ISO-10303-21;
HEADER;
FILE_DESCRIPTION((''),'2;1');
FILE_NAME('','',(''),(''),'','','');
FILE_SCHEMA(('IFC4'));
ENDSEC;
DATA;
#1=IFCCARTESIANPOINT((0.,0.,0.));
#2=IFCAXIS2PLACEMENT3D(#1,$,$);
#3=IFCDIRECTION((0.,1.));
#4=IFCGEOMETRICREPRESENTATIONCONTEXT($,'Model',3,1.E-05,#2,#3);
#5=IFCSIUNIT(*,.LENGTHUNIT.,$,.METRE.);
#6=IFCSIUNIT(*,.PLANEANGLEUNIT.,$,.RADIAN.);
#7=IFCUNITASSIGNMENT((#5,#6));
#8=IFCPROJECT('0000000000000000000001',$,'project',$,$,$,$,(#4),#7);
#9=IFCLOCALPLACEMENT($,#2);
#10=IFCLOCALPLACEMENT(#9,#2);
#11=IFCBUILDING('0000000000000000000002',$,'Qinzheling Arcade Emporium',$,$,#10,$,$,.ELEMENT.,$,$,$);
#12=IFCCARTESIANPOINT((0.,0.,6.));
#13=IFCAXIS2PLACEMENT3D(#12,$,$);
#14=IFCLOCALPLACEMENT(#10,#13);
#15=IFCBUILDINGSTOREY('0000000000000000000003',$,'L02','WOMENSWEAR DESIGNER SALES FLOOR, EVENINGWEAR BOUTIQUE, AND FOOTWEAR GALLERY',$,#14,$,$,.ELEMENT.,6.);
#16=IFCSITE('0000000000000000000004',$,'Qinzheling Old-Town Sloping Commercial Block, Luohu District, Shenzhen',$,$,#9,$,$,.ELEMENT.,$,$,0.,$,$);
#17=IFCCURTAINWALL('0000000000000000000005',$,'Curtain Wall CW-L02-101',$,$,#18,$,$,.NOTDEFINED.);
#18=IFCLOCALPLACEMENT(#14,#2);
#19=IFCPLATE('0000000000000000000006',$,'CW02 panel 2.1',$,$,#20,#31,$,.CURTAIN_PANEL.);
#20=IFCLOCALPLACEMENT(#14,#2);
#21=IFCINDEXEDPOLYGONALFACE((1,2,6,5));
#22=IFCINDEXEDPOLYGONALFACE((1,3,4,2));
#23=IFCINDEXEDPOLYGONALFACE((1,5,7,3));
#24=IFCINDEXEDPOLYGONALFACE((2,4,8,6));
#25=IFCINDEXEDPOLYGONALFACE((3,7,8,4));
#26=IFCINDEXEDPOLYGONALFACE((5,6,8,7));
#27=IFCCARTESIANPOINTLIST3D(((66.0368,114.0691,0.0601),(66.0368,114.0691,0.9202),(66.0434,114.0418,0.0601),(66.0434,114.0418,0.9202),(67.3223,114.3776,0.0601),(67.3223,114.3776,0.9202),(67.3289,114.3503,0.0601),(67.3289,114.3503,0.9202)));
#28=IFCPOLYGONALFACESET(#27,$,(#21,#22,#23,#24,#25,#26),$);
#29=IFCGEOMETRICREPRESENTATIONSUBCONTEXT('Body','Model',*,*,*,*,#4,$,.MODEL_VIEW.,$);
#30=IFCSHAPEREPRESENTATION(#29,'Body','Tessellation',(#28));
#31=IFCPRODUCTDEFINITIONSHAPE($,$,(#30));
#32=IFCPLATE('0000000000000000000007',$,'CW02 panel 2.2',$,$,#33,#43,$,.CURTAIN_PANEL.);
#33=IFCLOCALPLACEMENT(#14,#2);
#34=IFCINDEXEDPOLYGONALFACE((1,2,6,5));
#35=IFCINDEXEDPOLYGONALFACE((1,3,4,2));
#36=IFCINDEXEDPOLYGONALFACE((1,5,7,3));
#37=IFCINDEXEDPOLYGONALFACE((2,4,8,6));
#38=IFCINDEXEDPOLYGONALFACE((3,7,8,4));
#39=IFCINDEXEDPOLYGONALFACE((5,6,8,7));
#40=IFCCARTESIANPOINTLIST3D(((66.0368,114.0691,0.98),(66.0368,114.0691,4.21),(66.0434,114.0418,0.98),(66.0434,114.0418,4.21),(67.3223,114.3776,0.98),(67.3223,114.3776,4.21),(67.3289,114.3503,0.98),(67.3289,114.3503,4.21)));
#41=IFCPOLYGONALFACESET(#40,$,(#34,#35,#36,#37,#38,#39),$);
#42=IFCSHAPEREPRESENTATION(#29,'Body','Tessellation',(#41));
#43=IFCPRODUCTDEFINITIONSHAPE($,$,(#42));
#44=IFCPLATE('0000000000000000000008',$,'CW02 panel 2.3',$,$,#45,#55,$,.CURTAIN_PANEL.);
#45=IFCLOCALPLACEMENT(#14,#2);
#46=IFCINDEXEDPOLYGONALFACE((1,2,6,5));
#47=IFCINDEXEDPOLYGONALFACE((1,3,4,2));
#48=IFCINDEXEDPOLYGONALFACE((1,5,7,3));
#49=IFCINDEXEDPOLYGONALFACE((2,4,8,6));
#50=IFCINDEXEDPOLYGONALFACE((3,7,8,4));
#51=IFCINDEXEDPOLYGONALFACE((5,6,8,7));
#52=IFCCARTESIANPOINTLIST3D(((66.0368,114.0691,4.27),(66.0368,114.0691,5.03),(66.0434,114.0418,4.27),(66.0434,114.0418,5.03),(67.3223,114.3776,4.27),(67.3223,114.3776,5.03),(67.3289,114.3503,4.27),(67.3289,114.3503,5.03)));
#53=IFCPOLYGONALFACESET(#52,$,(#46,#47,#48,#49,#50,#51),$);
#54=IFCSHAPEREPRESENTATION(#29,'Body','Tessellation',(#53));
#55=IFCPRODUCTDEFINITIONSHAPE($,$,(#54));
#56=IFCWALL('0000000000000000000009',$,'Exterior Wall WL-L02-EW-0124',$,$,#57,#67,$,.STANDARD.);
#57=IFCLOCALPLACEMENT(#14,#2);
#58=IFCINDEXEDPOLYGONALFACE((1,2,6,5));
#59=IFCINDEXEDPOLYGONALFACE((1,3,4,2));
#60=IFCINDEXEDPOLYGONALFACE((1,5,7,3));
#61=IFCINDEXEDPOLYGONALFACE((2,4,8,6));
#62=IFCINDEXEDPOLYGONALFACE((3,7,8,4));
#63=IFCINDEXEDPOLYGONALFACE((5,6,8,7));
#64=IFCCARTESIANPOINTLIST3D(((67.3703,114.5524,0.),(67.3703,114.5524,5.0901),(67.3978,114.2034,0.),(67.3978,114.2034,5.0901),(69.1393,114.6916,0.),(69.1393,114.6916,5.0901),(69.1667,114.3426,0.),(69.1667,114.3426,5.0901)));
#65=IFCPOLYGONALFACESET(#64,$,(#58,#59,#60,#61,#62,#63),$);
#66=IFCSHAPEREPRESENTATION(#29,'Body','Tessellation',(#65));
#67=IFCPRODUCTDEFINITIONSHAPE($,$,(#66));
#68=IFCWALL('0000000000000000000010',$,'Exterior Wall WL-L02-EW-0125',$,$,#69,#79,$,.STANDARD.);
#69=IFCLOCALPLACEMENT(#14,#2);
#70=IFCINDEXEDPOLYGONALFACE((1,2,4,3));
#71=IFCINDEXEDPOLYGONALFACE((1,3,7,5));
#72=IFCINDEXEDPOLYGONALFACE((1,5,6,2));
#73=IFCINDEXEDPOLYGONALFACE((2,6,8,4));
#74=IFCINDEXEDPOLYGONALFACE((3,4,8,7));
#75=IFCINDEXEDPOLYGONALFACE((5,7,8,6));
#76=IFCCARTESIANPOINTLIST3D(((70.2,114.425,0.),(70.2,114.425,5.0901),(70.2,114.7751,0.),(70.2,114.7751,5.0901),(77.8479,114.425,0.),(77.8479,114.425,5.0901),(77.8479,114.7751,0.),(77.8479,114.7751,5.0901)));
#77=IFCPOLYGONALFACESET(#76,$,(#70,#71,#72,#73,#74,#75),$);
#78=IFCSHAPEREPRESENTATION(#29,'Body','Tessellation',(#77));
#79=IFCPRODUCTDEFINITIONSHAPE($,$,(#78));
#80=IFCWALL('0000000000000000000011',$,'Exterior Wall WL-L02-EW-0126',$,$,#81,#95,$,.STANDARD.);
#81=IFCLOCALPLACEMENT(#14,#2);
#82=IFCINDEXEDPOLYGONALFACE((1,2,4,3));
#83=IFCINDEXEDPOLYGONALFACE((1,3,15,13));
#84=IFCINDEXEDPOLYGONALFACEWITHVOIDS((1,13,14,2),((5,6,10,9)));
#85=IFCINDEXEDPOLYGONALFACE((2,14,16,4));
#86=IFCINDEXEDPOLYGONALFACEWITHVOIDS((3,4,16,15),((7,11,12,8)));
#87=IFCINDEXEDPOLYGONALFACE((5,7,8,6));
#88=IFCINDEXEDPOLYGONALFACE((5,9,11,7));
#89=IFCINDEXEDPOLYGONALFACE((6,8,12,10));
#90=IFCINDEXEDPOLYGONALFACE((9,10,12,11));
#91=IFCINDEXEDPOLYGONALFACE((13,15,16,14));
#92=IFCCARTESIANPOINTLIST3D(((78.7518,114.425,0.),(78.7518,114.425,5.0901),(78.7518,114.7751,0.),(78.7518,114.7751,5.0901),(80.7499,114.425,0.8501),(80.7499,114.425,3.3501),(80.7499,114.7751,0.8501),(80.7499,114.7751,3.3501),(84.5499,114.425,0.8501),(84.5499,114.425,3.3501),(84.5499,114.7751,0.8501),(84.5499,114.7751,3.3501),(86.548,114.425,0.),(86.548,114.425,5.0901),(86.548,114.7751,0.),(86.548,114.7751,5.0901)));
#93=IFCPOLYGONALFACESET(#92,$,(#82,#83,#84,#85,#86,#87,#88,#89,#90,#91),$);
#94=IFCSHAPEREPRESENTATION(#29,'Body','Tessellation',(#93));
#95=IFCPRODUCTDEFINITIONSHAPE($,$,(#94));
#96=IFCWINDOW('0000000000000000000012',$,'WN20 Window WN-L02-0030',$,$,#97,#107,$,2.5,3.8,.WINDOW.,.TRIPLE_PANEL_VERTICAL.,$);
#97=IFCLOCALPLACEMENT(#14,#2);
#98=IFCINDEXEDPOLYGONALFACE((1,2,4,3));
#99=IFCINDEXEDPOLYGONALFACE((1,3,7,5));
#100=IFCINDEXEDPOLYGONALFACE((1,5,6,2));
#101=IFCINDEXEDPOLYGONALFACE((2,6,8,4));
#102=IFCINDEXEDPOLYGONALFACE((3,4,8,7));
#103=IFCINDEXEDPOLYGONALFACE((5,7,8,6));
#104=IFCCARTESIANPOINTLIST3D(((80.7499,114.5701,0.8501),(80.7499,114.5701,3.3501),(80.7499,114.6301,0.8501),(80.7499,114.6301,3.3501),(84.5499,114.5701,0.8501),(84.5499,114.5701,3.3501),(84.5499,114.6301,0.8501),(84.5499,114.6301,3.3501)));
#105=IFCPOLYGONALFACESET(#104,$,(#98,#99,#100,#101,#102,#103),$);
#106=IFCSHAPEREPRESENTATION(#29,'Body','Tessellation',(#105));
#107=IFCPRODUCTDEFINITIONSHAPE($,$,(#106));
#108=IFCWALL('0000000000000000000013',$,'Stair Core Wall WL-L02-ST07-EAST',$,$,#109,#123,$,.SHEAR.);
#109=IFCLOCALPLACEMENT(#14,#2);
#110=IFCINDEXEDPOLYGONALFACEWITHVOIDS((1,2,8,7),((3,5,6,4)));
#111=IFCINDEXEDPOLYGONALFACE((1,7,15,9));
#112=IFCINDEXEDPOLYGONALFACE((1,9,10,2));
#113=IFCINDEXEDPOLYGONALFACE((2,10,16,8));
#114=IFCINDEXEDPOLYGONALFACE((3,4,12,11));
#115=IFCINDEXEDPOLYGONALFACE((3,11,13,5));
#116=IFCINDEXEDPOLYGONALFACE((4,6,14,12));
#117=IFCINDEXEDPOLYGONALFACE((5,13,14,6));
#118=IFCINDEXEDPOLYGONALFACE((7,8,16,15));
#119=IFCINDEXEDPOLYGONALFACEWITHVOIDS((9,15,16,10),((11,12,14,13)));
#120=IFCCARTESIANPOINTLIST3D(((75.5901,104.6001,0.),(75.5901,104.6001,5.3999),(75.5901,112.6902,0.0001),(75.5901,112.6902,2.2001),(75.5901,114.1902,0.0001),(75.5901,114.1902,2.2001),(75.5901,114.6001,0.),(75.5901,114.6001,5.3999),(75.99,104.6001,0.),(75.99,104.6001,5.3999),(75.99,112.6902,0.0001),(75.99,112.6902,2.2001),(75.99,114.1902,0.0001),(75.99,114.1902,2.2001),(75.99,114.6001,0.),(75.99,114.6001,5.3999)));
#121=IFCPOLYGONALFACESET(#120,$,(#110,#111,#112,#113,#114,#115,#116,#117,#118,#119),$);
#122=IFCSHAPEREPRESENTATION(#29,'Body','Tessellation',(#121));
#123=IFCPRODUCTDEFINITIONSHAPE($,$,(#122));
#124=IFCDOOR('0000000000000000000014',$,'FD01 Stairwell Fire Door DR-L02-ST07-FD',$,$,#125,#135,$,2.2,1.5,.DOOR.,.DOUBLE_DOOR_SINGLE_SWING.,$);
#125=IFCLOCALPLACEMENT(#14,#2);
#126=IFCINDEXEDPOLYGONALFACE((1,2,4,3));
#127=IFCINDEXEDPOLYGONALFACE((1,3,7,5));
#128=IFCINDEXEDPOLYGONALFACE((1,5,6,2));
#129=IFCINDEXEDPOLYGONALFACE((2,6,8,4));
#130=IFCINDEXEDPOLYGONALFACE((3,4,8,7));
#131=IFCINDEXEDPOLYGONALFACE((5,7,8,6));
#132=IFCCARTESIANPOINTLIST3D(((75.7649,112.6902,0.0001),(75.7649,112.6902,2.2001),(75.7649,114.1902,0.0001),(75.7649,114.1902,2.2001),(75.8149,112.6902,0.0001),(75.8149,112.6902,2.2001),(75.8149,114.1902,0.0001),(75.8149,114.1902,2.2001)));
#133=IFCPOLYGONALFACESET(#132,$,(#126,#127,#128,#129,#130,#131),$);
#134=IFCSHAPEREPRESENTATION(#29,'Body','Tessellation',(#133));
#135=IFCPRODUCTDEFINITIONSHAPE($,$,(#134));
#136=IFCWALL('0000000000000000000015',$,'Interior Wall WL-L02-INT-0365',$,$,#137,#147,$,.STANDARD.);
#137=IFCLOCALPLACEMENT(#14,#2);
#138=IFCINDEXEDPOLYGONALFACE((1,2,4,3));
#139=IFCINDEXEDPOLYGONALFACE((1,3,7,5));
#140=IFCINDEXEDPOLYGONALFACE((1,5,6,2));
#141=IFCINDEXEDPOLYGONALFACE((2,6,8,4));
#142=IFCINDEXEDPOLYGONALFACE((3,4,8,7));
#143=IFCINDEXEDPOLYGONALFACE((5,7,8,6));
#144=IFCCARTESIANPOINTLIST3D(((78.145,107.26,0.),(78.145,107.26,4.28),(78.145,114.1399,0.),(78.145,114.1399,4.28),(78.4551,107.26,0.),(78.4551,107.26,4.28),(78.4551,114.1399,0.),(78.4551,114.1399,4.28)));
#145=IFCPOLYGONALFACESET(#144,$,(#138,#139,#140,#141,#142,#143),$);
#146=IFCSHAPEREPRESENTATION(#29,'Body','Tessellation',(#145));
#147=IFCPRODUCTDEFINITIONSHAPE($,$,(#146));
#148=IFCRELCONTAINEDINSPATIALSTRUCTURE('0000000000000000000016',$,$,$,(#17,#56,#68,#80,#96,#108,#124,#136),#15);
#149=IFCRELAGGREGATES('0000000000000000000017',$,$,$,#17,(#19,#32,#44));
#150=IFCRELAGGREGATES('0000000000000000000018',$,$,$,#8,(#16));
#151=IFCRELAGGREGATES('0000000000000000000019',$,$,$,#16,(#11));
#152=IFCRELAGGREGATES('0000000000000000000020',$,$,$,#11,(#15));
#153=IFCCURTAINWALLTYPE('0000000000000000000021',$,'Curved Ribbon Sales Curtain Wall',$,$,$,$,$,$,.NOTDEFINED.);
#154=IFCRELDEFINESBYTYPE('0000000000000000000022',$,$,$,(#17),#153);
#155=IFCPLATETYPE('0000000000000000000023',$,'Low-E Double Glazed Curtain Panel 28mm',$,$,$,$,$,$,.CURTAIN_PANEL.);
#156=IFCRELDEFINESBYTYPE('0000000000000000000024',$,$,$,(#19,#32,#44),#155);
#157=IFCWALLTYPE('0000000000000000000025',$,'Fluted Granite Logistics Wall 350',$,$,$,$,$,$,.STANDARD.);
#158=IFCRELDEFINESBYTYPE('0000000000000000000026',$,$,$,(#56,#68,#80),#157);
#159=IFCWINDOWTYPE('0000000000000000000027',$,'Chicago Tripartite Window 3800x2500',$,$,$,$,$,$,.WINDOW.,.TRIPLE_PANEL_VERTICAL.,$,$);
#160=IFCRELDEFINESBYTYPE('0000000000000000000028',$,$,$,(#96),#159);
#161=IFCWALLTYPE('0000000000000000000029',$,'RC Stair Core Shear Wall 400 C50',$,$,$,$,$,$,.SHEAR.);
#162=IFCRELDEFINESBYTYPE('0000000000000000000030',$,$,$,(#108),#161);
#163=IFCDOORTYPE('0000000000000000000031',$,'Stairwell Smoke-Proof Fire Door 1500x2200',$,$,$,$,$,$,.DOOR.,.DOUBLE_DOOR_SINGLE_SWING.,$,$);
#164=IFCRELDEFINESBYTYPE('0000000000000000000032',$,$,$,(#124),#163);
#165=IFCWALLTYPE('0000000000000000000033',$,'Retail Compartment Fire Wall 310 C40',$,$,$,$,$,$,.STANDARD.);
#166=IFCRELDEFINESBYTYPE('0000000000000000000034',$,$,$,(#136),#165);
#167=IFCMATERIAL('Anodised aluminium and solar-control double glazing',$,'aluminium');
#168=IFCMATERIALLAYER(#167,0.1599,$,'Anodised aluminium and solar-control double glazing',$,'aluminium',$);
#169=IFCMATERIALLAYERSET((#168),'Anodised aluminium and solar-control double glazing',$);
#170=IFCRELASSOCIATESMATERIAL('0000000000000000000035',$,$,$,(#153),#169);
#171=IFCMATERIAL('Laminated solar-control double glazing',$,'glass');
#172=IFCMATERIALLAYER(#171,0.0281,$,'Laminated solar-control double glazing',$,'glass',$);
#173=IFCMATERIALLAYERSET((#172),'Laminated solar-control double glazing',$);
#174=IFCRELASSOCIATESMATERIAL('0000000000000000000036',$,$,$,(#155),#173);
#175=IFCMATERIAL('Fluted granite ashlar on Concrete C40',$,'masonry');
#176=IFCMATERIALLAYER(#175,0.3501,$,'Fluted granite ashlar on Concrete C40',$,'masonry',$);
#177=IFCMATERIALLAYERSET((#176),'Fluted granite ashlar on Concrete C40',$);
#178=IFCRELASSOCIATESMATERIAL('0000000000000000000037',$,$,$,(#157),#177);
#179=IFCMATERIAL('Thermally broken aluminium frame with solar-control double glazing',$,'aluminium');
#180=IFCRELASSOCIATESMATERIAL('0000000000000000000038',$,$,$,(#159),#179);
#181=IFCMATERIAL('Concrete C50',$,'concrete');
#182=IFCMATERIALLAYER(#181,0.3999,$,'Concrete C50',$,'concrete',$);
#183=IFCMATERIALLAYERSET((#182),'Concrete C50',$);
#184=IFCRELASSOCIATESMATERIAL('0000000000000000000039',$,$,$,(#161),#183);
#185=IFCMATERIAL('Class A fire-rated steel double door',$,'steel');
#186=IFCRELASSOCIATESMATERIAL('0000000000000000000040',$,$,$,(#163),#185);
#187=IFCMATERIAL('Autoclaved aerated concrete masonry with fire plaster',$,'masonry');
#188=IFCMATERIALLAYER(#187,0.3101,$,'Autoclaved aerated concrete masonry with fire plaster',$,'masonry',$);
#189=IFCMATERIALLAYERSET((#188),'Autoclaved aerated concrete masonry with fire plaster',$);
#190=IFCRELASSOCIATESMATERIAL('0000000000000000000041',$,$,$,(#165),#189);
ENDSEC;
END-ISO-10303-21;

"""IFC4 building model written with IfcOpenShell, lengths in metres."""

from ifc_helpers import new_model, si_unit, direction, frame, frame_2d, origin, origin_2d, place, context, subcontext, project, spatial, rectangle, extrude, material, layer, layer_set, type_object, element, fill, aggregate, save


model = new_model("IFC4")

# Units and contexts
model_context = context("Model", 3, precision=1e-05, world=origin(), true_north=direction((0.0, 1.0)))
body_context = subcontext(model_context, "Body", "Model", "MODEL_VIEW")
ifc_project = project(units=[si_unit("LENGTHUNIT", "METRE"), si_unit("PLANEANGLEUNIT", "RADIAN")], contexts=[model_context])

# Site, building, storey
site_placement = place(None, origin())
site = spatial("IfcSite", under=ifc_project, at=site_placement, Name="Qinzheling Old-Town Sloping Commercial Block, Luohu District, Shenzhen", CompositionType="ELEMENT", RefElevation=0.0)
building_placement = place(site_placement, origin())
building = spatial("IfcBuilding", under=site, at=building_placement, Name="Qinzheling Arcade Emporium", CompositionType="ELEMENT")
storey_placement = place(building_placement, frame((0.0, 0.0, 6.0)))
storey = spatial("IfcBuildingStorey", under=building, at=storey_placement, Name="L02", Description="WOMENSWEAR DESIGNER SALES FLOOR, EVENINGWEAR BOUTIQUE, AND FOOTWEAR GALLERY", CompositionType="ELEMENT", Elevation=6.0)

# Shared definitions
ifc_material_1 = material(Name="Concrete C50", Category="concrete")

# Curtain wall
ifc_material_2 = material(Name="Anodised aluminium and solar-control double glazing", Category="aluminium")
ifc_layer_1 = layer(ifc_material_2, 0.1599, Name="Anodised aluminium and solar-control double glazing", Category="aluminium")
ifc_layer_set_1 = layer_set([ifc_layer_1], Name="Anodised aluminium and solar-control double glazing")
curtain_wall_type = type_object("IfcCurtainWallType", Name="Curved Ribbon Sales Curtain Wall", PredefinedType="NOTDEFINED", material=ifc_layer_set_1)
curtain_wall_placement = place(storey_placement, origin())
curtain_wall = element("IfcCurtainWall", 1, at=curtain_wall_placement, inside=storey, type_object=curtain_wall_type, Name="Curtain Wall CW-L02-101", PredefinedType="NOTDEFINED")

# Plates
ifc_material_3 = material(Name="Laminated solar-control double glazing", Category="glass")
ifc_layer_2 = layer(ifc_material_3, 0.0281, Name="Laminated solar-control double glazing", Category="glass")
ifc_layer_set_2 = layer_set([ifc_layer_2], Name="Laminated solar-control double glazing")
plate_type = type_object("IfcPlateType", Name="Low-E Double Glazed Curtain Panel 28mm", PredefinedType="CURTAIN_PANEL", material=ifc_layer_set_2)
plate_1_placement = place(storey_placement, frame((66.6829, 114.2097, 0.0601), z_axis=(0.0, 0.0, 1.0), x_axis=(0.972391, 0.23336, 0.0)))
plate_1 = element("IfcPlate", 2, at=plate_1_placement, type_object=plate_type, Name="CW02 panel 2.1", PredefinedType="CURTAIN_PANEL", context=body_context, shape_type="SweptSolid", body=[
    extrude(rectangle(XDim=1.322, YDim=0.0281, at=origin_2d()), origin(), (0.0, 0.0, 1.0), 0.8601),
])
plate_2_placement = place(storey_placement, frame((66.6829, 114.2097, 0.98), z_axis=(0.0, 0.0, 1.0), x_axis=(0.972391, 0.23336, 0.0)))
plate_2 = element("IfcPlate", 3, at=plate_2_placement, type_object=plate_type, Name="CW02 panel 2.2", PredefinedType="CURTAIN_PANEL", context=body_context, shape_type="SweptSolid", body=[
    extrude(rectangle(XDim=1.322, YDim=0.0281, at=origin_2d()), origin(), (0.0, 0.0, 1.0), 3.23),
])
plate_3_placement = place(storey_placement, frame((66.6829, 114.2097, 4.27), z_axis=(0.0, 0.0, 1.0), x_axis=(0.972391, 0.23336, 0.0)))
plate_3 = element("IfcPlate", 4, at=plate_3_placement, type_object=plate_type, Name="CW02 panel 2.3", PredefinedType="CURTAIN_PANEL", context=body_context, shape_type="SweptSolid", body=[
    extrude(rectangle(XDim=1.322, YDim=0.0281, at=origin_2d()), origin(), (0.0, 0.0, 1.0), 0.76),
])
aggregate(curtain_wall, [plate_1, plate_2, plate_3])

# Walls
ifc_material_4 = material(Name="Fluted granite ashlar on Concrete C40", Category="masonry")
ifc_layer_3 = layer(ifc_material_4, 0.3501, Name="Fluted granite ashlar on Concrete C40", Category="masonry")
ifc_layer_set_3 = layer_set([ifc_layer_3], Name="Fluted granite ashlar on Concrete C40")
wall_type_1 = type_object("IfcWallType", Name="Fluted Granite Logistics Wall 350", PredefinedType="STANDARD", material=ifc_layer_set_3)
wall_1_placement = place(storey_placement, frame((67.384, 114.3779, 0.0), z_axis=(0.0, 0.0, 1.0), x_axis=(0.99692, 0.078422, 0.0)))
element("IfcWall", 5, at=wall_1_placement, inside=storey, type_object=wall_type_1, Name="Exterior Wall WL-L02-EW-0124", PredefinedType="STANDARD", context=body_context, shape_type="SweptSolid", body=[
    extrude(rectangle(XDim=1.7744, YDim=0.3501, at=frame_2d((0.8872, 0.0))), origin(), (0.0, 0.0, 1.0), 5.0901),
])
wall_2_placement = place(storey_placement, frame((70.2, 114.6001, 0.0), z_axis=(0.0, 0.0, 1.0), x_axis=(1.0, 0.0, 0.0)))
element("IfcWall", 6, at=wall_2_placement, inside=storey, type_object=wall_type_1, Name="Exterior Wall WL-L02-EW-0125", PredefinedType="STANDARD", context=body_context, shape_type="SweptSolid", body=[
    extrude(rectangle(XDim=7.6479, YDim=0.3501, at=frame_2d((3.824, 0.0))), origin(), (0.0, 0.0, 1.0), 5.0901),
])

# Wall, opening, window
wall_3_placement = place(storey_placement, frame((78.752, 114.6001, 0.0), z_axis=(0.0, 0.0, 1.0), x_axis=(1.0, 0.0, 0.0)))
wall_3 = element("IfcWall", 7, at=wall_3_placement, inside=storey, type_object=wall_type_1, Name="Exterior Wall WL-L02-EW-0126", PredefinedType="STANDARD", context=body_context, shape_type="SweptSolid", body=[
    extrude(rectangle(XDim=7.7961, YDim=0.3501, at=frame_2d((3.8979, 0.0))), origin(), (0.0, 0.0, 1.0), 5.0901),
])
opening_1_placement = place(wall_3_placement, frame((1.998, 0.0, 0.8501)))
opening_1 = element("IfcOpeningElement", 8, at=opening_1_placement, cuts=wall_3, PredefinedType="OPENING", context=body_context, shape_type="SweptSolid", body=[
    extrude(rectangle(XDim=3.8, YDim=2.5, at=frame_2d((1.8999, 1.25))), frame((0.0, 0.1851, 0.0), z_axis=(0.0, -1.0, 0.0), x_axis=(1.0, 0.0, 0.0)), (0.0, 0.0, 1.0), 0.3701),
])
ifc_material_5 = material(Name="Thermally broken aluminium frame with solar-control double glazing", Category="aluminium")
window_type = type_object("IfcWindowType", Name="Chicago Tripartite Window 3800x2500", PartitioningType="TRIPLE_PANEL_VERTICAL", PredefinedType="WINDOW", material=ifc_material_5)
window_placement = place(opening_1_placement, origin())
window = element("IfcWindow", 9, at=window_placement, inside=storey, type_object=window_type, Name="WN20 Window WN-L02-0030", OverallHeight=2.5, OverallWidth=3.8, PartitioningType="TRIPLE_PANEL_VERTICAL", PredefinedType="WINDOW", context=body_context, shape_type="SweptSolid", body=[
    extrude(rectangle(XDim=3.8, YDim=2.5, at=frame_2d((1.8999, 1.25))), frame((0.0, 0.03, 0.0), z_axis=(0.0, -1.0, 0.0), x_axis=(1.0, 0.0, 0.0)), (0.0, 0.0, 1.0), 0.0601),
])
fill(opening_1, window)

# Wall, opening, door
ifc_layer_4 = layer(ifc_material_1, 0.3999, Name="Concrete C50", Category="concrete")
ifc_layer_set_4 = layer_set([ifc_layer_4], Name="Concrete C50")
wall_type_2 = type_object("IfcWallType", Name="RC Stair Core Shear Wall 400 C50", PredefinedType="SHEAR", material=ifc_layer_set_4)
wall_4_placement = place(storey_placement, frame((75.79, 114.6001, 0.0), z_axis=(0.0, 0.0, 1.0), x_axis=(0.0, -1.0, 0.0)))
wall_4 = element("IfcWall", 10, at=wall_4_placement, inside=storey, type_object=wall_type_2, Name="Stair Core Wall WL-L02-ST07-EAST", PredefinedType="SHEAR", context=body_context, shape_type="SweptSolid", body=[
    extrude(rectangle(XDim=10.0, YDim=0.3999, at=frame_2d((5.0, 0.0))), origin(), (0.0, 0.0, 1.0), 5.3999),
])
opening_2_placement = place(wall_4_placement, frame((0.4099, 0.0, 0.0)))
opening_2 = element("IfcOpeningElement", 11, at=opening_2_placement, cuts=wall_4, PredefinedType="OPENING", context=body_context, shape_type="SweptSolid", body=[
    extrude(rectangle(XDim=1.5, YDim=2.2, at=frame_2d((0.75, 1.1001))), frame((0.0, 0.21, 0.0), z_axis=(0.0, -1.0, 0.0), x_axis=(1.0, 0.0, 0.0)), (0.0, 0.0, 1.0), 0.4199),
])
ifc_material_6 = material(Name="Class A fire-rated steel double door", Category="steel")
door_type = type_object("IfcDoorType", Name="Stairwell Smoke-Proof Fire Door 1500x2200", OperationType="DOUBLE_DOOR_SINGLE_SWING", PredefinedType="DOOR", material=ifc_material_6)
door_placement = place(opening_2_placement, origin())
door = element("IfcDoor", 12, at=door_placement, inside=storey, type_object=door_type, Name="FD01 Stairwell Fire Door DR-L02-ST07-FD", OperationType="DOUBLE_DOOR_SINGLE_SWING", OverallHeight=2.2, OverallWidth=1.5, PredefinedType="DOOR", context=body_context, shape_type="SweptSolid", body=[
    extrude(rectangle(XDim=1.5, YDim=2.2, at=frame_2d((0.75, 1.1001))), frame((0.0, 0.0249, 0.0), z_axis=(0.0, -1.0, 0.0), x_axis=(1.0, 0.0, 0.0)), (0.0, 0.0, 1.0), 0.05),
])
fill(opening_2, door)

# Wall
ifc_material_7 = material(Name="Autoclaved aerated concrete masonry with fire plaster", Category="masonry")
ifc_layer_5 = layer(ifc_material_7, 0.3101, Name="Autoclaved aerated concrete masonry with fire plaster", Category="masonry")
ifc_layer_set_5 = layer_set([ifc_layer_5], Name="Autoclaved aerated concrete masonry with fire plaster")
wall_type_3 = type_object("IfcWallType", Name="Retail Compartment Fire Wall 310 C40", PredefinedType="STANDARD", material=ifc_layer_set_5)
wall_5_placement = place(storey_placement, frame((78.3, 114.1399, 0.0), z_axis=(0.0, 0.0, 1.0), x_axis=(0.0, -1.0, 0.0)))
element("IfcWall", 13, at=wall_5_placement, inside=storey, type_object=wall_type_3, Name="Interior Wall WL-L02-INT-0365", PredefinedType="STANDARD", context=body_context, shape_type="SweptSolid", body=[
    extrude(rectangle(XDim=6.8799, YDim=0.3101, at=frame_2d((3.4399, 0.0))), origin(), (0.0, 0.0, 1.0), 4.28),
])

save(model, "model.ifc")
